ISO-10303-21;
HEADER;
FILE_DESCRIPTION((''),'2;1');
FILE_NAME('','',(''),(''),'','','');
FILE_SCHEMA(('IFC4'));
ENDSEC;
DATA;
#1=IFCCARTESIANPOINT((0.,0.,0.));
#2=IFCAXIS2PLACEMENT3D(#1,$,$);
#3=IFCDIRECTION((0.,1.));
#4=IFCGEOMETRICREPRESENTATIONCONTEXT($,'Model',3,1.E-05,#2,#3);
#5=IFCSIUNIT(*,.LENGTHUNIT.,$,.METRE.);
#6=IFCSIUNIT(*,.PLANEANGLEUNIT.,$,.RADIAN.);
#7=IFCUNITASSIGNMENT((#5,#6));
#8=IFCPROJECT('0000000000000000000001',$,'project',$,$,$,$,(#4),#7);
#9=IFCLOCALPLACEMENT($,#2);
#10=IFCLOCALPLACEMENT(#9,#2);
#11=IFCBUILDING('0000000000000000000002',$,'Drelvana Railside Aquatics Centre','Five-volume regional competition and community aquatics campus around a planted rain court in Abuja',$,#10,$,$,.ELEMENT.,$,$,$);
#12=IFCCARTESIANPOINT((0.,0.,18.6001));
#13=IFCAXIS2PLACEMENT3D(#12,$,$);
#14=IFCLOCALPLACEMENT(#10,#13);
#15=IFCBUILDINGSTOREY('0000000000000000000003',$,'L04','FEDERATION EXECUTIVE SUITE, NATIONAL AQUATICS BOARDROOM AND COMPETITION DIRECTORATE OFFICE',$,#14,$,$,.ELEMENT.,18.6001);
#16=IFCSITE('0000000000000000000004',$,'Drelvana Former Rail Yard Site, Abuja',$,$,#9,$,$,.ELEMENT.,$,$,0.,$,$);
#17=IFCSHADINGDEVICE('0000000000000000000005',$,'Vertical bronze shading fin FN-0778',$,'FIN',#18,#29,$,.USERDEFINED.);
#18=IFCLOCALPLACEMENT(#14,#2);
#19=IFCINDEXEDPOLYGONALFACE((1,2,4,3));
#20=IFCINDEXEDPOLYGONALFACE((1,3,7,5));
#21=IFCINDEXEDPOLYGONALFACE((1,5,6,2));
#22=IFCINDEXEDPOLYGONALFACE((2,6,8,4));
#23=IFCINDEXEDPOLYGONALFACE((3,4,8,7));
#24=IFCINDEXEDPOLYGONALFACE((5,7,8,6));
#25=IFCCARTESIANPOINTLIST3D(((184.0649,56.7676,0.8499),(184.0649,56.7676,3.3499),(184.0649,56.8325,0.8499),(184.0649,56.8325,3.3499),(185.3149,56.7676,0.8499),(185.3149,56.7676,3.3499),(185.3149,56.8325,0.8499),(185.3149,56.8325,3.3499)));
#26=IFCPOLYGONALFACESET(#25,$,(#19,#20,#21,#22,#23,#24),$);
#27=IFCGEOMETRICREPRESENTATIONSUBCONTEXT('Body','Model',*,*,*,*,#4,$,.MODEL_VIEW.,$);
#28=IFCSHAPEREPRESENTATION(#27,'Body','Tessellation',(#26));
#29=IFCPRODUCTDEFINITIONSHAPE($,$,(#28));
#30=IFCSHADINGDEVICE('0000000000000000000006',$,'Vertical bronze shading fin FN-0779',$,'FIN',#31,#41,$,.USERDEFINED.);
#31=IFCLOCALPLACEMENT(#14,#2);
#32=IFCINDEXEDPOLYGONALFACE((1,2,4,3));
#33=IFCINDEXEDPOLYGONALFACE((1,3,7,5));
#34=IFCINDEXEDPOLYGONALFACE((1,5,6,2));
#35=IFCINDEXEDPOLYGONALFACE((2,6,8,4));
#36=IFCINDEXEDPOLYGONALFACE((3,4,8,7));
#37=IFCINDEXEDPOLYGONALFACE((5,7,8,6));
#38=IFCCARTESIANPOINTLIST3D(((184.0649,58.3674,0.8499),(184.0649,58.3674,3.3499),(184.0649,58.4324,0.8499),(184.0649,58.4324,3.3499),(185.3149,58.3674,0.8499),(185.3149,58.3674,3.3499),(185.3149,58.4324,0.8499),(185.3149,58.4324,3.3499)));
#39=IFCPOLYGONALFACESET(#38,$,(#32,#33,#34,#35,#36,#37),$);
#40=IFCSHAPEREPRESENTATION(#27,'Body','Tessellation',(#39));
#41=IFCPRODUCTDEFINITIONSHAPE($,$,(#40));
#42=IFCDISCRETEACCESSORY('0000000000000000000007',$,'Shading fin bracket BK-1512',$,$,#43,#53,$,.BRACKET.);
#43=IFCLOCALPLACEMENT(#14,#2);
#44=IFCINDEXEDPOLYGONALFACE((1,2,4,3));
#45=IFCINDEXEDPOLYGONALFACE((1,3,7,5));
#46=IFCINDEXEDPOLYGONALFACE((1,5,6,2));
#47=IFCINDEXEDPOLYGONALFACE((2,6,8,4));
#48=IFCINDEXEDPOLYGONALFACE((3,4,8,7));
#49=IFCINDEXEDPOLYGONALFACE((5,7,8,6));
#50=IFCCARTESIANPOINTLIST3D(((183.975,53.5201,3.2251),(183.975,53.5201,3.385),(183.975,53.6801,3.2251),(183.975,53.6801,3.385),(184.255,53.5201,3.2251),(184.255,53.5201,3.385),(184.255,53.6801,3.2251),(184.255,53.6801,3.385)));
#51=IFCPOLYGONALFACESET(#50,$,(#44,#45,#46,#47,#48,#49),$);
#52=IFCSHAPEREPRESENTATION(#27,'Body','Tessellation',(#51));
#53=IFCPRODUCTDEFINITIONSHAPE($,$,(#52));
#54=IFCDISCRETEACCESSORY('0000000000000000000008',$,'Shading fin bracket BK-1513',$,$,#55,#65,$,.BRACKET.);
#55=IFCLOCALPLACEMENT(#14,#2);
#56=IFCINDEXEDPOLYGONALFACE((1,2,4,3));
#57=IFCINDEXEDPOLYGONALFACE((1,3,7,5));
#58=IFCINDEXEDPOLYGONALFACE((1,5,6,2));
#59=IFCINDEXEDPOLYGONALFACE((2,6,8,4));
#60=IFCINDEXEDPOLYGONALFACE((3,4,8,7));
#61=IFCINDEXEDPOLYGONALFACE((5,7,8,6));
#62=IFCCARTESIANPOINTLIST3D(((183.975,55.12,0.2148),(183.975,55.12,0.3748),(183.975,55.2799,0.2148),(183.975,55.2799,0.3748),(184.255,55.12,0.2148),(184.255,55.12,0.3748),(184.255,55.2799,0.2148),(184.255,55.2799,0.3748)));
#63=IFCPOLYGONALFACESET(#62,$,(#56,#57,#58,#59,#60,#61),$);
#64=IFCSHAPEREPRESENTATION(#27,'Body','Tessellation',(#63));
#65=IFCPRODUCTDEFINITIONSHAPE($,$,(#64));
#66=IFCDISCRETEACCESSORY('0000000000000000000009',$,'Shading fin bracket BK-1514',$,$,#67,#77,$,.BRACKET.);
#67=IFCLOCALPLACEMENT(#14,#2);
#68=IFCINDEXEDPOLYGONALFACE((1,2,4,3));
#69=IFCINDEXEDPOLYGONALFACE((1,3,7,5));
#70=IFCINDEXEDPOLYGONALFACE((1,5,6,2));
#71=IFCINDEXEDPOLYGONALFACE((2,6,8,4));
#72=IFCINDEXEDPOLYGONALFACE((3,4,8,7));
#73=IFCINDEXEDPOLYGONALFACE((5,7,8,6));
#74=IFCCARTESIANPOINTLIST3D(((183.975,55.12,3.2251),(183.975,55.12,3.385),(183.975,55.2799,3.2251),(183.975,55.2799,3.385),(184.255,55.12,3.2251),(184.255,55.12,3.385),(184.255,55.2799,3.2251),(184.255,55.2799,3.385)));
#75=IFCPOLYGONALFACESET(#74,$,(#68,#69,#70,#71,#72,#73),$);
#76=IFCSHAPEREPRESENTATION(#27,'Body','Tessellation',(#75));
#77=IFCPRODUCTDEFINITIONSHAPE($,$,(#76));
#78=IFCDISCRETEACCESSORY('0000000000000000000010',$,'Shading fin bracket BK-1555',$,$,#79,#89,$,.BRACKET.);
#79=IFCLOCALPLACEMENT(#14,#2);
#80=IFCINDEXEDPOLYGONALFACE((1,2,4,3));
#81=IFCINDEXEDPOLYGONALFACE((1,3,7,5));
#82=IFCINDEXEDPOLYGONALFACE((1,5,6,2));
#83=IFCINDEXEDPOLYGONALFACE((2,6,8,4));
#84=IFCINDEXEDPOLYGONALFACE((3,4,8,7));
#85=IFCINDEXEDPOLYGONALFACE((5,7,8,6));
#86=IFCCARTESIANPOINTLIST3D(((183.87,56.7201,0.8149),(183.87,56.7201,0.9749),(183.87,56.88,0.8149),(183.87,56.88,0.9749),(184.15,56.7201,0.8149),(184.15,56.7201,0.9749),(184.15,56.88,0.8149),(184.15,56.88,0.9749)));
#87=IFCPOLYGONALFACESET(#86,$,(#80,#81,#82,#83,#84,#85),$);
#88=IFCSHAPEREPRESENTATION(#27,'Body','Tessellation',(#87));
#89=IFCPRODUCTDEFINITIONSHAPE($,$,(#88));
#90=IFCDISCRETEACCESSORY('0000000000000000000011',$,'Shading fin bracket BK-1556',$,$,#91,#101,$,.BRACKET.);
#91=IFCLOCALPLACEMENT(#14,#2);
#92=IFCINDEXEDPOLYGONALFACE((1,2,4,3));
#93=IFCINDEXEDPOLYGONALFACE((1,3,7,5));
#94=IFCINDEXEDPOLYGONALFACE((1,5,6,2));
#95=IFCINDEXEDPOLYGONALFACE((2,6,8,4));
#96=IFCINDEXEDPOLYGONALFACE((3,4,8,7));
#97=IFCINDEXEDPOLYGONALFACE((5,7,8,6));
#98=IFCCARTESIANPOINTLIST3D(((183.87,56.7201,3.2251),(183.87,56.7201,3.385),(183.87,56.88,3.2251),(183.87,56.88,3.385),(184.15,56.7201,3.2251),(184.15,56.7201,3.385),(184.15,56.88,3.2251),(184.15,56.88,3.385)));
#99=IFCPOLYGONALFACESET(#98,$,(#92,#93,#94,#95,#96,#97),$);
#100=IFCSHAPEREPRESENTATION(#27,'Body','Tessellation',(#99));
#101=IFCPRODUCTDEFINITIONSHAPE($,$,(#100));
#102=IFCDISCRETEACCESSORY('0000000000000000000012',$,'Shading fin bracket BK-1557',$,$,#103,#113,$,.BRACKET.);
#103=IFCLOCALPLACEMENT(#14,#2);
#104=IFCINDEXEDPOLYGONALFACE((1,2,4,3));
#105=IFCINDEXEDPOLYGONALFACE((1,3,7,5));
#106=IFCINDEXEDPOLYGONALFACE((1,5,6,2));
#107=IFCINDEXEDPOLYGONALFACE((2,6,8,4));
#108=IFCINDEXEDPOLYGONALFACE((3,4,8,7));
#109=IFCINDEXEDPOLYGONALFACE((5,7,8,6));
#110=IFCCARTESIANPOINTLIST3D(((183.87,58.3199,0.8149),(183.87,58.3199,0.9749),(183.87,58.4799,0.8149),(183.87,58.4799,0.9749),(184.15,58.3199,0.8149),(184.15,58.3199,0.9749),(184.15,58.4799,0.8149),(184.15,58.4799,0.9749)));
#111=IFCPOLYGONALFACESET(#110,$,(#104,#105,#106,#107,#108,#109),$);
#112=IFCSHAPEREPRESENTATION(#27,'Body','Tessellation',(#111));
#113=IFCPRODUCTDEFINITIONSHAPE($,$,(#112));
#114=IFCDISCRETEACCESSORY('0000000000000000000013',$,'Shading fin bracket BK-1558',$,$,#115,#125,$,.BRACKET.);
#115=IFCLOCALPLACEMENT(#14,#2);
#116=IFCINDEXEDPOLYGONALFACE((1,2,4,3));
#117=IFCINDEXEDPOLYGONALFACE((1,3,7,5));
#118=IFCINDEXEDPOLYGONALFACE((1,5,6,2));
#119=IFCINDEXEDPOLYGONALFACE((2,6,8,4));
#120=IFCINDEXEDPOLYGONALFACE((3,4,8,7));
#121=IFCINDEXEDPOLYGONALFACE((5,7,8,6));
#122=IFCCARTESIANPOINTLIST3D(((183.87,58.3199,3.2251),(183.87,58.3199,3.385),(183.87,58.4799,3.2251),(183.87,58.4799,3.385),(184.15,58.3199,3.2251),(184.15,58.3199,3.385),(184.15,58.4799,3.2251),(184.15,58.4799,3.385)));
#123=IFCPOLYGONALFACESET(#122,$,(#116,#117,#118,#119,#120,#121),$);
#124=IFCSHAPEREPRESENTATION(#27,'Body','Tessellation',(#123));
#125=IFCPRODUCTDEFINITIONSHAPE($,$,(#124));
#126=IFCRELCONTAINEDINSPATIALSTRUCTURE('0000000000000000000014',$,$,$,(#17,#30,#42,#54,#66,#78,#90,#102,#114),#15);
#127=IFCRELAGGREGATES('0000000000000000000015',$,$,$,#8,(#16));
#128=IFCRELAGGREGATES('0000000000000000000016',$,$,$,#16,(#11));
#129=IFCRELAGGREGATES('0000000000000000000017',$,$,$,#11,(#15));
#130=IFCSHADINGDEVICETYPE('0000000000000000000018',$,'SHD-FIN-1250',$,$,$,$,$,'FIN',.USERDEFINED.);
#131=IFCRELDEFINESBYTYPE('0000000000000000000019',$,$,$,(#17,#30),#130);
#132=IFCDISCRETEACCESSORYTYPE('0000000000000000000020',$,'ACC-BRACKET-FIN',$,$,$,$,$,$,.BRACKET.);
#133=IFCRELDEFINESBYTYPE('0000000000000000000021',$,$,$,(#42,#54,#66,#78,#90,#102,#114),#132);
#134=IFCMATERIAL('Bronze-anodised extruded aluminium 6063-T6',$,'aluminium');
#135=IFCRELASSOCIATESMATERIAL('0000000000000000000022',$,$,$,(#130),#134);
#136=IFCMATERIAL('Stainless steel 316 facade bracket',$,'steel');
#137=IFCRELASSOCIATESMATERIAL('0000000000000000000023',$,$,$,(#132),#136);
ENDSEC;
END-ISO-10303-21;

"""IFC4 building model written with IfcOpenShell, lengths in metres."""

from ifc_helpers import new_model, si_unit, direction, frame, origin, origin_2d, place, context, subcontext, project, spatial, rectangle, extrude, material, type_object, element, save


model = new_model("IFC4")

# Units and contexts
model_context = context("Model", 3, precision=1e-05, world=origin(), true_north=direction((0.0, 1.0)))
body_context = subcontext(model_context, "Body", "Model", "MODEL_VIEW")
ifc_project = project(units=[si_unit("LENGTHUNIT", "METRE"), si_unit("PLANEANGLEUNIT", "RADIAN")], contexts=[model_context])

# Site, building, storey
site_placement = place(None, origin())
site = spatial("IfcSite", under=ifc_project, at=site_placement, Name="Drelvana Former Rail Yard Site, Abuja", CompositionType="ELEMENT", RefElevation=0.0)
building_placement = place(site_placement, origin())
building = spatial("IfcBuilding", under=site, at=building_placement, Name="Drelvana Railside Aquatics Centre", Description="Five-volume regional competition and community aquatics campus around a planted rain court in Abuja", CompositionType="ELEMENT")
storey_placement = place(building_placement, frame((0.0, 0.0, 18.6001)))
storey = spatial("IfcBuildingStorey", under=building, at=storey_placement, Name="L04", Description="FEDERATION EXECUTIVE SUITE, NATIONAL AQUATICS BOARDROOM AND COMPETITION DIRECTORATE OFFICE", CompositionType="ELEMENT", Elevation=18.6001)

# Shared definitions
ifc_material_1 = material(Name="Bronze-anodised extruded aluminium 6063-T6", Category="aluminium")

# Shading devices
shading_device_type = type_object("IfcShadingDeviceType", Name="SHD-FIN-1250", ElementType="FIN", PredefinedType="USERDEFINED", material=ifc_material_1)
for number, where, z_axis, x_axis, name in (
    (1, (184.6899, 56.8, 0.8499), (0.0, 0.0, 1.0), (1.0, 0.0, 0.0), "Vertical bronze shading fin FN-0778"),
    (2, (184.6899, 58.3999, 0.8499), (0.0, 0.0, 1.0), (1.0, 0.0, 0.0), "Vertical bronze shading fin FN-0779"),
):
    element("IfcShadingDevice", number, at=place(storey_placement, frame(where, z_axis=z_axis, x_axis=x_axis)), inside=storey, type_object=shading_device_type, Name=name, ObjectType="FIN", PredefinedType="USERDEFINED", context=body_context, shape_type="SweptSolid", body=[
        extrude(rectangle(XDim=1.25, YDim=0.0649, at=origin_2d()), origin(), (0.0, 0.0, 1.0), 2.5),
    ])

# Discrete accessories
ifc_material_2 = material(Name="Stainless steel 316 facade bracket", Category="steel")
discrete_accessory_type = type_object("IfcDiscreteAccessoryType", Name="ACC-BRACKET-FIN", PredefinedType="BRACKET", material=ifc_material_2)
for number, where, z_axis, x_axis, name in (
    (3, (184.115, 53.6001, 3.2251), (0.0, 0.0, 1.0), (1.0, 0.0, 0.0), "Shading fin bracket BK-1512"),
    (4, (184.115, 55.2, 0.2148), (0.0, 0.0, 1.0), (1.0, 0.0, 0.0), "Shading fin bracket BK-1513"),
    (5, (184.115, 55.2, 3.2251), (0.0, 0.0, 1.0), (1.0, 0.0, 0.0), "Shading fin bracket BK-1514"),
    (6, (184.01, 56.8, 0.8149), (0.0, 0.0, 1.0), (1.0, 0.0, 0.0), "Shading fin bracket BK-1555"),
    (7, (184.01, 56.8, 3.2251), (0.0, 0.0, 1.0), (1.0, 0.0, 0.0), "Shading fin bracket BK-1556"),
    (8, (184.01, 58.3999, 0.8149), (0.0, 0.0, 1.0), (1.0, 0.0, 0.0), "Shading fin bracket BK-1557"),
    (9, (184.01, 58.3999, 3.2251), (0.0, 0.0, 1.0), (1.0, 0.0, 0.0), "Shading fin bracket BK-1558"),
):
    element("IfcDiscreteAccessory", number, at=place(storey_placement, frame(where, z_axis=z_axis, x_axis=x_axis)), inside=storey, type_object=discrete_accessory_type, Name=name, PredefinedType="BRACKET", context=body_context, shape_type="SweptSolid", body=[
        extrude(rectangle(XDim=0.28, YDim=0.1599, at=origin_2d()), origin(), (0.0, 0.0, 1.0), 0.1599),
    ])

save(model, "model.ifc")
